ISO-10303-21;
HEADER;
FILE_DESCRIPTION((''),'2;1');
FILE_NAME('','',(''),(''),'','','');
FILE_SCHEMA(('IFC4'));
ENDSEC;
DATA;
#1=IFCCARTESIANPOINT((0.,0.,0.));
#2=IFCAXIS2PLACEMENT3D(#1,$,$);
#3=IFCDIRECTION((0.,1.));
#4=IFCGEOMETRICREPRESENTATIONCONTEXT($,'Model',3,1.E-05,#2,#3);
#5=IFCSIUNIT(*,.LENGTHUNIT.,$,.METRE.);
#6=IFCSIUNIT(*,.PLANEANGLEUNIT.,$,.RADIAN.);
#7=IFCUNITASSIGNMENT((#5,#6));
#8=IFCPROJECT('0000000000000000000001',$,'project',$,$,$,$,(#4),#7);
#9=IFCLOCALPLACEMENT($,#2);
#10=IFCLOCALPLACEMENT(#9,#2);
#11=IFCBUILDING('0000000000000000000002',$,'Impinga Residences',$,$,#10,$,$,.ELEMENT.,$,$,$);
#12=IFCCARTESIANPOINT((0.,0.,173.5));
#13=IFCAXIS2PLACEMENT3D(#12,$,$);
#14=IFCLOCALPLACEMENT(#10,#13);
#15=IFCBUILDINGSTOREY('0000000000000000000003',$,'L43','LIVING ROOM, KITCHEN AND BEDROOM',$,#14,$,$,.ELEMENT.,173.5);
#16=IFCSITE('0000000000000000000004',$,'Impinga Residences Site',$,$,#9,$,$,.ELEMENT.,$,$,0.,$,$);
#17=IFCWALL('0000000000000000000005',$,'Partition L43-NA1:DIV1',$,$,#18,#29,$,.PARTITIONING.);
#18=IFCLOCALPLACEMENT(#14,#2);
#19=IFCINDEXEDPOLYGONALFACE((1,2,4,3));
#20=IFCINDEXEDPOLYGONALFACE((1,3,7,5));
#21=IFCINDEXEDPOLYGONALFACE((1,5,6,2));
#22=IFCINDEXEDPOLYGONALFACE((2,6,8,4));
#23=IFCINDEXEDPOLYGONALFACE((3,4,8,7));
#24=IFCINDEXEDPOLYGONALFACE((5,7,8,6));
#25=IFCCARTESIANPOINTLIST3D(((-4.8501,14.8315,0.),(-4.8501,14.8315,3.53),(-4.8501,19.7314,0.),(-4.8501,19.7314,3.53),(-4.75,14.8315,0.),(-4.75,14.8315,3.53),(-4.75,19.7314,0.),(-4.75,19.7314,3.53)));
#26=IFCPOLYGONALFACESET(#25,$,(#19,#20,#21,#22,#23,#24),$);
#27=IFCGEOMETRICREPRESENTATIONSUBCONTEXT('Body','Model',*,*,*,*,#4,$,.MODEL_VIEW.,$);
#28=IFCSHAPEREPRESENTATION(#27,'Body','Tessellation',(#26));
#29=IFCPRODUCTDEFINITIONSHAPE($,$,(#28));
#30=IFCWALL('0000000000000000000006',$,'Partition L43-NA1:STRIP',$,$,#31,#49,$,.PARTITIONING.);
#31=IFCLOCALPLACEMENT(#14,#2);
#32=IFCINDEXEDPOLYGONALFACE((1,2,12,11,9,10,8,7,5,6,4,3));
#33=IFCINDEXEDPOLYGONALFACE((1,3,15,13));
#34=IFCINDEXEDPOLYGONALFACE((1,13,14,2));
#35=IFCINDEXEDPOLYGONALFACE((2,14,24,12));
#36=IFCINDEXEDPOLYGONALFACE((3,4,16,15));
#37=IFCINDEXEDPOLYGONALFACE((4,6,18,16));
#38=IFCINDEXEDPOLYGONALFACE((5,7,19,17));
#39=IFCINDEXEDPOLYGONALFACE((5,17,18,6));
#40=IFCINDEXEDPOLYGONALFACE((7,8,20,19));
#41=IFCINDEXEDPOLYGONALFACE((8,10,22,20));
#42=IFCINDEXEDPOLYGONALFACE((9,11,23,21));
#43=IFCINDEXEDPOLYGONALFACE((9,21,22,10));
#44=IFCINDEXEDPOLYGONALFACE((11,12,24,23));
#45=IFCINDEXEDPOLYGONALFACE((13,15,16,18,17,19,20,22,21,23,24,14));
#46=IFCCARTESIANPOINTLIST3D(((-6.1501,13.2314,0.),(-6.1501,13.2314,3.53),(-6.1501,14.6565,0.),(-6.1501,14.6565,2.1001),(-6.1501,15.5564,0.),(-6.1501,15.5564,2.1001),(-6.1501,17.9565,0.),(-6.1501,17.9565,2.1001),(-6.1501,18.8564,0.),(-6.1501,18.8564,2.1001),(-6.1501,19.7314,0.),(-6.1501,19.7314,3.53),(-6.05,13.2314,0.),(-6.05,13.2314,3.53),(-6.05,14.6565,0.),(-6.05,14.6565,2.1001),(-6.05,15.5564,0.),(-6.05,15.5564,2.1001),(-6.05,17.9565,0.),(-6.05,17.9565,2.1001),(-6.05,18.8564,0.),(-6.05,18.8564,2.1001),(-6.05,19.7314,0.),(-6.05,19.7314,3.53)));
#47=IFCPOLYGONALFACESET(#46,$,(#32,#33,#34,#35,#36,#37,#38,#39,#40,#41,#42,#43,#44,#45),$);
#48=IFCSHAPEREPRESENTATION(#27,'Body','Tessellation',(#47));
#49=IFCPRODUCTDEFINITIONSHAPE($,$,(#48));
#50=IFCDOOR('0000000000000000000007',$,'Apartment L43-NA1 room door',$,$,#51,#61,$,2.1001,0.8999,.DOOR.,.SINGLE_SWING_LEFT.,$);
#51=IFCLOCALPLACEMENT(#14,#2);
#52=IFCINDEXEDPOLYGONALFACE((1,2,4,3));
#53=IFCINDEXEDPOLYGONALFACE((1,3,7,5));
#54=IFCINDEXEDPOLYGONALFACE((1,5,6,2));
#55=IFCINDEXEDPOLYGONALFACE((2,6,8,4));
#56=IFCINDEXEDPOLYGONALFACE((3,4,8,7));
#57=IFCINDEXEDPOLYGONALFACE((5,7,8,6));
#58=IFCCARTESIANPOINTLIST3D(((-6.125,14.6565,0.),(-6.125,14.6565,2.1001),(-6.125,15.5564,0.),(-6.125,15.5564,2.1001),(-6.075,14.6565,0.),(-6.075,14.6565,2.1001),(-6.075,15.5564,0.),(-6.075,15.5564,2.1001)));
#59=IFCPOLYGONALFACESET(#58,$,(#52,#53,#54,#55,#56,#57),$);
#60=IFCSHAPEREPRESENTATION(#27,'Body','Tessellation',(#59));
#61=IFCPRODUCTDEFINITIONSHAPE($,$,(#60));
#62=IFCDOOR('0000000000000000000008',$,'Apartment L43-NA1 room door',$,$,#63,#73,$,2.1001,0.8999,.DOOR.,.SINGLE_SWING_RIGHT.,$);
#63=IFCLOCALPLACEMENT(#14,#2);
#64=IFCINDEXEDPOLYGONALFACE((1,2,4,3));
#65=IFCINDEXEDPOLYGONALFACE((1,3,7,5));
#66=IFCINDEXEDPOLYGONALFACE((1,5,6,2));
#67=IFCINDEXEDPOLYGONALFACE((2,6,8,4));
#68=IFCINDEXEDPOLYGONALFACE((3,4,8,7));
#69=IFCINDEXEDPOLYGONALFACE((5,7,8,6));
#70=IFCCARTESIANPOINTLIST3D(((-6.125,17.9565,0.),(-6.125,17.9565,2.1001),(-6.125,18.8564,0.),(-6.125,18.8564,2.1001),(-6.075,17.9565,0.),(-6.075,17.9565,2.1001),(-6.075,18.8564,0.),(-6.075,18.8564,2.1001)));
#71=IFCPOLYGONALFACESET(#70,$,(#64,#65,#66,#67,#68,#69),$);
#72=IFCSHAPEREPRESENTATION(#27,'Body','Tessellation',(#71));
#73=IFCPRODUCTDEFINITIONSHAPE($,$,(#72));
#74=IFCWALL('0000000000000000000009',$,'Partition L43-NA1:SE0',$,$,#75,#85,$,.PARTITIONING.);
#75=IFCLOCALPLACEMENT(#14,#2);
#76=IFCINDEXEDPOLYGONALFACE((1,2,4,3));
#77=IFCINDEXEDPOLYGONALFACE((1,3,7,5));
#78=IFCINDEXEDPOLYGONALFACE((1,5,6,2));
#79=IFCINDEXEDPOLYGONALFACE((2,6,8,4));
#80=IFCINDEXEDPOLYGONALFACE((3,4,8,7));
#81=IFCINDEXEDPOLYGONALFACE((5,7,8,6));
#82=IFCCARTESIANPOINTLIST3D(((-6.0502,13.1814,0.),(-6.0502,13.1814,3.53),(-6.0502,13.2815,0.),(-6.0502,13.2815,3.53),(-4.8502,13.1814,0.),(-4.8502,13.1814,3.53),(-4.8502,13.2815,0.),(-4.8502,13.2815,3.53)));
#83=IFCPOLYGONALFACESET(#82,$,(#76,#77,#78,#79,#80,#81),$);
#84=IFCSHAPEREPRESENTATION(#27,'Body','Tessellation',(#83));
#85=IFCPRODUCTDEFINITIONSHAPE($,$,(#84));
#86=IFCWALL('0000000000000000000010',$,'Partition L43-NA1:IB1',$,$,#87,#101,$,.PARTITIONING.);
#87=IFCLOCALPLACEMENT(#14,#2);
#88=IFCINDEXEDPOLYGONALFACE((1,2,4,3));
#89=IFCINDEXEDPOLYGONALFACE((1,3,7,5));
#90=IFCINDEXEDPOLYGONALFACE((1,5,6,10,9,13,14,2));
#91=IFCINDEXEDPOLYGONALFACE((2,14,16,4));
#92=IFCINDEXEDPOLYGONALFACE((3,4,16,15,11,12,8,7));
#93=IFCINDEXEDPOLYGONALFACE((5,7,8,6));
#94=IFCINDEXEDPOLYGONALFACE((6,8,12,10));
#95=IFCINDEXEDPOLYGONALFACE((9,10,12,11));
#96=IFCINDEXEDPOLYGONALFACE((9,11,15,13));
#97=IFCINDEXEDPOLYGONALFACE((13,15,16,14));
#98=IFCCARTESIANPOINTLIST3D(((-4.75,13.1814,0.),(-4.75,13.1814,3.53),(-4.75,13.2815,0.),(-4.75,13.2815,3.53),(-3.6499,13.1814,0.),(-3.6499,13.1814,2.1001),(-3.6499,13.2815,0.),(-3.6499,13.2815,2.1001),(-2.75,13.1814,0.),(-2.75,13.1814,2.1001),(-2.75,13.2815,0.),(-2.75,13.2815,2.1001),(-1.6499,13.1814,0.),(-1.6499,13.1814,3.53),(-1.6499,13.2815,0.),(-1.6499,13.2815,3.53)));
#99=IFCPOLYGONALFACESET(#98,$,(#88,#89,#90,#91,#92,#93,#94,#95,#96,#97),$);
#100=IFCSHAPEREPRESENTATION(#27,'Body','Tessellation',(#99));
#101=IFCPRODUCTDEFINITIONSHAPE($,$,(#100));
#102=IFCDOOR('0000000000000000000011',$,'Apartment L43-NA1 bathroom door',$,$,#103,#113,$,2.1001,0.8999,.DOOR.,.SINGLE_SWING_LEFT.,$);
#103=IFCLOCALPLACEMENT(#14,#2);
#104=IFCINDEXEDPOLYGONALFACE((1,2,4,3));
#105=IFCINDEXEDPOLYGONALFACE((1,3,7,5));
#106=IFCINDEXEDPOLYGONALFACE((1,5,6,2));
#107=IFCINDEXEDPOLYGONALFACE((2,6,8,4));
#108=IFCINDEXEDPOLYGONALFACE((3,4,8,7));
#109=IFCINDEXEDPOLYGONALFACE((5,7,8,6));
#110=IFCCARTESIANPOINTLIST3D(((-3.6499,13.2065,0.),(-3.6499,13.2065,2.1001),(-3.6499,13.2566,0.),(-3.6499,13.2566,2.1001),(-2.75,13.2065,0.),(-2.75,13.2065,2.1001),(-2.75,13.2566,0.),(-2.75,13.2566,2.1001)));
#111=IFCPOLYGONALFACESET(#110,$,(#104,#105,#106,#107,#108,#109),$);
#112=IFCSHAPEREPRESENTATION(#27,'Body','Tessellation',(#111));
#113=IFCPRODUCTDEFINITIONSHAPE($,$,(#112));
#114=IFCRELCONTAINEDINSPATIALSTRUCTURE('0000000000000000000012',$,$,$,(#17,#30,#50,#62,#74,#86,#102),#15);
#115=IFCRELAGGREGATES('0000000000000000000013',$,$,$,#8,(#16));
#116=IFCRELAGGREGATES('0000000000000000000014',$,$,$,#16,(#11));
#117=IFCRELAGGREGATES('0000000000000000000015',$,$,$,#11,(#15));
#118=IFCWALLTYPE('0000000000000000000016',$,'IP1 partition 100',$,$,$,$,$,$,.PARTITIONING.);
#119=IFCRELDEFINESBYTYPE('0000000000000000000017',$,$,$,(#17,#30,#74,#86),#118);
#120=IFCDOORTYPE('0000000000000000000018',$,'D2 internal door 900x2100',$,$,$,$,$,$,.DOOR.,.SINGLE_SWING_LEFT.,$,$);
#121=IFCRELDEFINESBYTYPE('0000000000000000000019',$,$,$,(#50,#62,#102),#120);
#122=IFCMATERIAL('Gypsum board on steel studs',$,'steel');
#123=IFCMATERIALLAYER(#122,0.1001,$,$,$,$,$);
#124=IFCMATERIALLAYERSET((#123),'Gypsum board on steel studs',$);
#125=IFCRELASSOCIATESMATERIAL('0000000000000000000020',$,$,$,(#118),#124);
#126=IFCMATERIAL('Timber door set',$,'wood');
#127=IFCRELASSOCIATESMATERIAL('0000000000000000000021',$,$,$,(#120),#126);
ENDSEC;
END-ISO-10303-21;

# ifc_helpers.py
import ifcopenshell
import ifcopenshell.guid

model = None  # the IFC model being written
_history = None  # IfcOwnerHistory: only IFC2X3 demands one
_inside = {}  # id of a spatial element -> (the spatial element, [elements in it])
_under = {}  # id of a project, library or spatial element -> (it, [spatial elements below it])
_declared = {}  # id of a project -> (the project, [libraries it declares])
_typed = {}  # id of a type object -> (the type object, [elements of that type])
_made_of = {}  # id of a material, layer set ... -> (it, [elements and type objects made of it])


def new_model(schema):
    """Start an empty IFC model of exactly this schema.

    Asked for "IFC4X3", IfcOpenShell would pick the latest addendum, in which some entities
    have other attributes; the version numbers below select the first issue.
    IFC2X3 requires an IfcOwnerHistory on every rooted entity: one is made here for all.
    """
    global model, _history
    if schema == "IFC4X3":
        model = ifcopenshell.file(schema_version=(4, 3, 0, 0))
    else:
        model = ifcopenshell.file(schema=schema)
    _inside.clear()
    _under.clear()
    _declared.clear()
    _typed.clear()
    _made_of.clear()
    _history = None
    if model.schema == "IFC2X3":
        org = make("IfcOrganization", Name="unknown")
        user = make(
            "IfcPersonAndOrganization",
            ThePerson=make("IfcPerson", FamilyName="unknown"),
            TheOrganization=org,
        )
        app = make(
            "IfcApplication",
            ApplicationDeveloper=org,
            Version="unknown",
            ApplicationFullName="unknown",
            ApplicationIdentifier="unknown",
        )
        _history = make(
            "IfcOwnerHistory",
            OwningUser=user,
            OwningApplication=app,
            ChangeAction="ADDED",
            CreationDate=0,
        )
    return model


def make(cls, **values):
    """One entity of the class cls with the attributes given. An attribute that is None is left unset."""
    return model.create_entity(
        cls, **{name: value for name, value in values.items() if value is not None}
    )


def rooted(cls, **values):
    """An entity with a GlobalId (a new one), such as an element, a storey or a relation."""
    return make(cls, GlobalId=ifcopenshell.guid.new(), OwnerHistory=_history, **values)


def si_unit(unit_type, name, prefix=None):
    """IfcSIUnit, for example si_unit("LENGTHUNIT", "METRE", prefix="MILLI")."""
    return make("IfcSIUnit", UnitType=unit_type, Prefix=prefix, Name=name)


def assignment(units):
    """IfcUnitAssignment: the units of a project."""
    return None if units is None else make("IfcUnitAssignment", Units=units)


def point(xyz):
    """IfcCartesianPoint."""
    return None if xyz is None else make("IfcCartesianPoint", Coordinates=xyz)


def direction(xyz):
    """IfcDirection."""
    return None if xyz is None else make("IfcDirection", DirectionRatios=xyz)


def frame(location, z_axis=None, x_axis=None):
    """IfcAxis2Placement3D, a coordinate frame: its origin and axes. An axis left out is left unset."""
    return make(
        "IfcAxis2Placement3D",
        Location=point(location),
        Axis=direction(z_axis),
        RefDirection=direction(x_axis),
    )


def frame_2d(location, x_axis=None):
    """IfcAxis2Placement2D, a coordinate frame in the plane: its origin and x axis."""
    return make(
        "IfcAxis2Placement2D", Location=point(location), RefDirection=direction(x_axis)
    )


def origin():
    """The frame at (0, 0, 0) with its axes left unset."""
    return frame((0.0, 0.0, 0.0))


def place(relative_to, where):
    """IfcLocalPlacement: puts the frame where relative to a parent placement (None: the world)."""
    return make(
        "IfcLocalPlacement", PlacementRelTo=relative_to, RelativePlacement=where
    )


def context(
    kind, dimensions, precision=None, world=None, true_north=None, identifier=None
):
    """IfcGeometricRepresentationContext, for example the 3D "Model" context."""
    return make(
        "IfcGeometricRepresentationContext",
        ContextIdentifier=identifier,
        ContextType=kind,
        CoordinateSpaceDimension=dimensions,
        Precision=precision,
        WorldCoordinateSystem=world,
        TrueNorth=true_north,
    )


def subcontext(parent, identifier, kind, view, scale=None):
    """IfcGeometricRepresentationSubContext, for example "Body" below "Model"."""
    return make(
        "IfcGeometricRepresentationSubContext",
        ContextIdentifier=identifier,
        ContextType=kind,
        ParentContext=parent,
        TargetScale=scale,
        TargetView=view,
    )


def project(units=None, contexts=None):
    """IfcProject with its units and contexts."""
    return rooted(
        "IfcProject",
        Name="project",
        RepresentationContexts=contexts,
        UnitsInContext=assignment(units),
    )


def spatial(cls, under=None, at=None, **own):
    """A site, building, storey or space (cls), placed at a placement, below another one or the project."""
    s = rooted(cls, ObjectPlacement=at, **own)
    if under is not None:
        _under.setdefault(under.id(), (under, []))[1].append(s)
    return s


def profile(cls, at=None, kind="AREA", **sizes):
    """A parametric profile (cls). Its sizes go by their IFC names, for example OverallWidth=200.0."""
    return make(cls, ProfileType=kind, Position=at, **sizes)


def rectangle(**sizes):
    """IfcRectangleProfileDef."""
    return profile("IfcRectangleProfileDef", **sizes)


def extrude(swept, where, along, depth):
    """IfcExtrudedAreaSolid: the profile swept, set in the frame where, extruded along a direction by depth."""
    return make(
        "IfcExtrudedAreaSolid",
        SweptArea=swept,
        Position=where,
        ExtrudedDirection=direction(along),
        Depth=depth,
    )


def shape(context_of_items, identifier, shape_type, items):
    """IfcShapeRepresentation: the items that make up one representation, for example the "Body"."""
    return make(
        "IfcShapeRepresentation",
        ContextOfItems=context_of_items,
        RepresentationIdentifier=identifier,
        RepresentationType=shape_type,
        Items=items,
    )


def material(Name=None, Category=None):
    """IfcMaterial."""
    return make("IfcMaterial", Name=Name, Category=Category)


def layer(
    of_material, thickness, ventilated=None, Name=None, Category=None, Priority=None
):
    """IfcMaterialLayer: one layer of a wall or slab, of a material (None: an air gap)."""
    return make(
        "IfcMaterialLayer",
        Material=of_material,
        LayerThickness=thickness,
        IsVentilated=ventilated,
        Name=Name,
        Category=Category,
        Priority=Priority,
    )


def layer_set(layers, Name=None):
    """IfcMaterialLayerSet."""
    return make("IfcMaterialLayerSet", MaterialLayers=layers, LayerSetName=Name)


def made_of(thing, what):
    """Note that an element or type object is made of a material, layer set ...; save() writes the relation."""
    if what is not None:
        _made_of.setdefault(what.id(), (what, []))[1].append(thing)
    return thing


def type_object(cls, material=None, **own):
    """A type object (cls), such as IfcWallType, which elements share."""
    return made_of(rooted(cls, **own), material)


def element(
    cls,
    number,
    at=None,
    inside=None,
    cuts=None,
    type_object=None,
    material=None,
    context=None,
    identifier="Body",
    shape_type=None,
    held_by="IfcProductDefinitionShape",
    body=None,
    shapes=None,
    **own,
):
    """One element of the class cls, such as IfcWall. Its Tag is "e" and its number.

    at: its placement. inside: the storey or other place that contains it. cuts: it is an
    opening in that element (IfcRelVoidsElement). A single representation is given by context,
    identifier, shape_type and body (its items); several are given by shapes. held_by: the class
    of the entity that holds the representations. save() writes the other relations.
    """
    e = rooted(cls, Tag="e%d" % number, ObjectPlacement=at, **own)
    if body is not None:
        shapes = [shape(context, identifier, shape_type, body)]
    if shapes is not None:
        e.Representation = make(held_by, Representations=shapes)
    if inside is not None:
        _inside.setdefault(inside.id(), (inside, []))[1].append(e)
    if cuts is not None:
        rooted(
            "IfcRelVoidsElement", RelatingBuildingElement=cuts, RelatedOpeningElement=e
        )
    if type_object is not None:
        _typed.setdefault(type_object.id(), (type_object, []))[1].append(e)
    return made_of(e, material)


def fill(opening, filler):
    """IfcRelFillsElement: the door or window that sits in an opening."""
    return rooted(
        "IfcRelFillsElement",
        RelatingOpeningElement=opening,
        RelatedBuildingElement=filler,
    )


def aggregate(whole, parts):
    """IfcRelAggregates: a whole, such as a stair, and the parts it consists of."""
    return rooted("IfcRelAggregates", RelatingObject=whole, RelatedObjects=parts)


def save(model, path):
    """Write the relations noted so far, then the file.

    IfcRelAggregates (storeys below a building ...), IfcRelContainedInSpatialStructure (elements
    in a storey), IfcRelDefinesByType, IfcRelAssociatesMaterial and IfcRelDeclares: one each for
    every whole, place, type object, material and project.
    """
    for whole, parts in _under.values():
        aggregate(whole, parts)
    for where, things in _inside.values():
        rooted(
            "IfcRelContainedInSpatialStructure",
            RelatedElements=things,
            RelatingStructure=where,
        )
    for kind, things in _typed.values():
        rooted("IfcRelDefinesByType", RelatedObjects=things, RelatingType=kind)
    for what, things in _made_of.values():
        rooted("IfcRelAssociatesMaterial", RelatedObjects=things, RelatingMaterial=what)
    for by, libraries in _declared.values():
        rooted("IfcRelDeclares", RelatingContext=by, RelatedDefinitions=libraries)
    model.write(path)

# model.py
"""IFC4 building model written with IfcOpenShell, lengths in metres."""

from ifc_helpers import new_model, si_unit, direction, frame, frame_2d, origin, place, context, subcontext, project, spatial, rectangle, extrude, material, layer, layer_set, type_object, element, fill, save


model = new_model("IFC4")

# Units and contexts
model_context = context("Model", 3, precision=1e-05, world=origin(), true_north=direction((0.0, 1.0)))
body_context = subcontext(model_context, "Body", "Model", "MODEL_VIEW")
ifc_project = project(units=[si_unit("LENGTHUNIT", "METRE"), si_unit("PLANEANGLEUNIT", "RADIAN")], contexts=[model_context])

# Site, building, storey
site_placement = place(None, origin())
site = spatial("IfcSite", under=ifc_project, at=site_placement, Name="Impinga Residences Site", CompositionType="ELEMENT", RefElevation=0.0)
building_placement = place(site_placement, origin())
building = spatial("IfcBuilding", under=site, at=building_placement, Name="Impinga Residences", CompositionType="ELEMENT")
storey_placement = place(building_placement, frame((0.0, 0.0, 173.5)))
storey = spatial("IfcBuildingStorey", under=building, at=storey_placement, Name="L43", Description="LIVING ROOM, KITCHEN AND BEDROOM", CompositionType="ELEMENT", Elevation=173.5)

# Shared definitions
ifc_material_1 = material(Name="Timber door set", Category="wood")

# Wall
ifc_material_2 = material(Name="Gypsum board on steel studs", Category="steel")
ifc_layer_1 = layer(ifc_material_2, 0.1001)
ifc_layer_set_1 = layer_set([ifc_layer_1], Name="Gypsum board on steel studs")
wall_type_1 = type_object("IfcWallType", Name="IP1 partition 100", PredefinedType="PARTITIONING", material=ifc_layer_set_1)
wall_1_placement = place(storey_placement, frame((-4.8, 14.8315, 0.0), z_axis=(0.0, 0.0, 1.0), x_axis=(0.0, 1.0, 0.0)))
element("IfcWall", 1, at=wall_1_placement, inside=storey, type_object=wall_type_1, Name="Partition L43-NA1:DIV1", PredefinedType="PARTITIONING", context=body_context, shape_type="SweptSolid", body=[
    extrude(rectangle(XDim=4.8999, YDim=0.1001, at=frame_2d((2.45, 0.0))), origin(), (0.0, 0.0, 1.0), 3.53),
])

# Wall, openings, doors
wall_2_placement = place(storey_placement, frame((-6.1001, 13.2314, 0.0), z_axis=(0.0, 0.0, 1.0), x_axis=(0.0, 1.0, 0.0)))
wall_2 = element("IfcWall", 2, at=wall_2_placement, inside=storey, type_object=wall_type_1, Name="Partition L43-NA1:STRIP", PredefinedType="PARTITIONING", context=body_context, shape_type="SweptSolid", body=[
    extrude(rectangle(XDim=6.5, YDim=0.1001, at=frame_2d((3.25, 0.0))), origin(), (0.0, 0.0, 1.0), 3.53),
])
opening_1_placement = place(wall_2_placement, frame((1.425, 0.0, 0.0)))
opening_1 = element("IfcOpeningElement", 3, at=opening_1_placement, cuts=wall_2, PredefinedType="OPENING", context=body_context, shape_type="SweptSolid", body=[
    extrude(rectangle(XDim=0.8999, YDim=2.1001, at=frame_2d((0.45, 1.05))), frame((0.0, 0.0601, 0.0), z_axis=(0.0, -1.0, 0.0), x_axis=(1.0, 0.0, 0.0)), (0.0, 0.0, 1.0), 0.1201),
])
opening_2_placement = place(wall_2_placement, frame((4.7251, 0.0, 0.0)))
opening_2 = element("IfcOpeningElement", 4, at=opening_2_placement, cuts=wall_2, PredefinedType="OPENING", context=body_context, shape_type="SweptSolid", body=[
    extrude(rectangle(XDim=0.8999, YDim=2.1001, at=frame_2d((0.45, 1.05))), frame((0.0, 0.0601, 0.0), z_axis=(0.0, -1.0, 0.0), x_axis=(1.0, 0.0, 0.0)), (0.0, 0.0, 1.0), 0.1201),
])
door_type_1 = type_object("IfcDoorType", Name="D2 internal door 900x2100", OperationType="SINGLE_SWING_LEFT", PredefinedType="DOOR", material=ifc_material_1)
door_1_placement = place(opening_1_placement, origin())
door_1 = element("IfcDoor", 5, at=door_1_placement, inside=storey, type_object=door_type_1, Name="Apartment L43-NA1 room door", OperationType="SINGLE_SWING_LEFT", OverallHeight=2.1001, OverallWidth=0.8999, PredefinedType="DOOR", context=body_context, shape_type="SweptSolid", body=[
    extrude(rectangle(XDim=0.8999, YDim=2.1001, at=frame_2d((0.45, 1.05))), frame((0.0, 0.0249, 0.0), z_axis=(0.0, -1.0, 0.0), x_axis=(1.0, 0.0, 0.0)), (0.0, 0.0, 1.0), 0.05),
])
fill(opening_1, door_1)
door_2_placement = place(opening_2_placement, origin())
door_2 = element("IfcDoor", 6, at=door_2_placement, inside=storey, type_object=door_type_1, Name="Apartment L43-NA1 room door", OperationType="SINGLE_SWING_RIGHT", OverallHeight=2.1001, OverallWidth=0.8999, PredefinedType="DOOR", context=body_context, shape_type="SweptSolid", body=[
    extrude(rectangle(XDim=0.8999, YDim=2.1001, at=frame_2d((0.45, 1.05))), frame((0.0, 0.0249, 0.0), z_axis=(0.0, -1.0, 0.0), x_axis=(1.0, 0.0, 0.0)), (0.0, 0.0, 1.0), 0.05),
])
fill(opening_2, door_2)

# Wall
wall_3_placement = place(storey_placement, frame((-4.8501, 13.2314, 0.0), z_axis=(0.0, 0.0, 1.0), x_axis=(-1.0, 0.0, 0.0)))
element("IfcWall", 7, at=wall_3_placement, inside=storey, type_object=wall_type_1, Name="Partition L43-NA1:SE0", PredefinedType="PARTITIONING", context=body_context, shape_type="SweptSolid", body=[
    extrude(rectangle(XDim=1.2, YDim=0.1001, at=frame_2d((0.6001, 0.0))), origin(), (0.0, 0.0, 1.0), 3.53),
])

# Wall, opening, door
wall_4_placement = place(storey_placement, frame((-1.6499, 13.2314, 0.0), z_axis=(0.0, 0.0, 1.0), x_axis=(-1.0, 0.0, 0.0)))
wall_4 = element("IfcWall", 8, at=wall_4_placement, inside=storey, type_object=wall_type_1, Name="Partition L43-NA1:IB1", PredefinedType="PARTITIONING", context=body_context, shape_type="SweptSolid", body=[
    extrude(rectangle(XDim=3.1001, YDim=0.1001, at=frame_2d((1.55, 0.0))), origin(), (0.0, 0.0, 1.0), 3.53),
])
opening_3_placement = place(wall_4_placement, frame((1.1001, 0.0, 0.0)))
opening_3 = element("IfcOpeningElement", 9, at=opening_3_placement, cuts=wall_4, PredefinedType="OPENING", context=body_context, shape_type="SweptSolid", body=[
    extrude(rectangle(XDim=0.8999, YDim=2.1001, at=frame_2d((0.45, 1.05))), frame((0.0, 0.0601, 0.0), z_axis=(0.0, -1.0, 0.0), x_axis=(1.0, 0.0, 0.0)), (0.0, 0.0, 1.0), 0.1201),
])
door_3_placement = place(opening_3_placement, origin())
door_3 = element("IfcDoor", 10, at=door_3_placement, inside=storey, type_object=door_type_1, Name="Apartment L43-NA1 bathroom door", OperationType="SINGLE_SWING_LEFT", OverallHeight=2.1001, OverallWidth=0.8999, PredefinedType="DOOR", context=body_context, shape_type="SweptSolid", body=[
    extrude(rectangle(XDim=0.8999, YDim=2.1001, at=frame_2d((0.45, 1.05))), frame((0.0, 0.0249, 0.0), z_axis=(0.0, -1.0, 0.0), x_axis=(1.0, 0.0, 0.0)), (0.0, 0.0, 1.0), 0.05),
])
fill(opening_3, door_3)

save(model, "model.ifc")
